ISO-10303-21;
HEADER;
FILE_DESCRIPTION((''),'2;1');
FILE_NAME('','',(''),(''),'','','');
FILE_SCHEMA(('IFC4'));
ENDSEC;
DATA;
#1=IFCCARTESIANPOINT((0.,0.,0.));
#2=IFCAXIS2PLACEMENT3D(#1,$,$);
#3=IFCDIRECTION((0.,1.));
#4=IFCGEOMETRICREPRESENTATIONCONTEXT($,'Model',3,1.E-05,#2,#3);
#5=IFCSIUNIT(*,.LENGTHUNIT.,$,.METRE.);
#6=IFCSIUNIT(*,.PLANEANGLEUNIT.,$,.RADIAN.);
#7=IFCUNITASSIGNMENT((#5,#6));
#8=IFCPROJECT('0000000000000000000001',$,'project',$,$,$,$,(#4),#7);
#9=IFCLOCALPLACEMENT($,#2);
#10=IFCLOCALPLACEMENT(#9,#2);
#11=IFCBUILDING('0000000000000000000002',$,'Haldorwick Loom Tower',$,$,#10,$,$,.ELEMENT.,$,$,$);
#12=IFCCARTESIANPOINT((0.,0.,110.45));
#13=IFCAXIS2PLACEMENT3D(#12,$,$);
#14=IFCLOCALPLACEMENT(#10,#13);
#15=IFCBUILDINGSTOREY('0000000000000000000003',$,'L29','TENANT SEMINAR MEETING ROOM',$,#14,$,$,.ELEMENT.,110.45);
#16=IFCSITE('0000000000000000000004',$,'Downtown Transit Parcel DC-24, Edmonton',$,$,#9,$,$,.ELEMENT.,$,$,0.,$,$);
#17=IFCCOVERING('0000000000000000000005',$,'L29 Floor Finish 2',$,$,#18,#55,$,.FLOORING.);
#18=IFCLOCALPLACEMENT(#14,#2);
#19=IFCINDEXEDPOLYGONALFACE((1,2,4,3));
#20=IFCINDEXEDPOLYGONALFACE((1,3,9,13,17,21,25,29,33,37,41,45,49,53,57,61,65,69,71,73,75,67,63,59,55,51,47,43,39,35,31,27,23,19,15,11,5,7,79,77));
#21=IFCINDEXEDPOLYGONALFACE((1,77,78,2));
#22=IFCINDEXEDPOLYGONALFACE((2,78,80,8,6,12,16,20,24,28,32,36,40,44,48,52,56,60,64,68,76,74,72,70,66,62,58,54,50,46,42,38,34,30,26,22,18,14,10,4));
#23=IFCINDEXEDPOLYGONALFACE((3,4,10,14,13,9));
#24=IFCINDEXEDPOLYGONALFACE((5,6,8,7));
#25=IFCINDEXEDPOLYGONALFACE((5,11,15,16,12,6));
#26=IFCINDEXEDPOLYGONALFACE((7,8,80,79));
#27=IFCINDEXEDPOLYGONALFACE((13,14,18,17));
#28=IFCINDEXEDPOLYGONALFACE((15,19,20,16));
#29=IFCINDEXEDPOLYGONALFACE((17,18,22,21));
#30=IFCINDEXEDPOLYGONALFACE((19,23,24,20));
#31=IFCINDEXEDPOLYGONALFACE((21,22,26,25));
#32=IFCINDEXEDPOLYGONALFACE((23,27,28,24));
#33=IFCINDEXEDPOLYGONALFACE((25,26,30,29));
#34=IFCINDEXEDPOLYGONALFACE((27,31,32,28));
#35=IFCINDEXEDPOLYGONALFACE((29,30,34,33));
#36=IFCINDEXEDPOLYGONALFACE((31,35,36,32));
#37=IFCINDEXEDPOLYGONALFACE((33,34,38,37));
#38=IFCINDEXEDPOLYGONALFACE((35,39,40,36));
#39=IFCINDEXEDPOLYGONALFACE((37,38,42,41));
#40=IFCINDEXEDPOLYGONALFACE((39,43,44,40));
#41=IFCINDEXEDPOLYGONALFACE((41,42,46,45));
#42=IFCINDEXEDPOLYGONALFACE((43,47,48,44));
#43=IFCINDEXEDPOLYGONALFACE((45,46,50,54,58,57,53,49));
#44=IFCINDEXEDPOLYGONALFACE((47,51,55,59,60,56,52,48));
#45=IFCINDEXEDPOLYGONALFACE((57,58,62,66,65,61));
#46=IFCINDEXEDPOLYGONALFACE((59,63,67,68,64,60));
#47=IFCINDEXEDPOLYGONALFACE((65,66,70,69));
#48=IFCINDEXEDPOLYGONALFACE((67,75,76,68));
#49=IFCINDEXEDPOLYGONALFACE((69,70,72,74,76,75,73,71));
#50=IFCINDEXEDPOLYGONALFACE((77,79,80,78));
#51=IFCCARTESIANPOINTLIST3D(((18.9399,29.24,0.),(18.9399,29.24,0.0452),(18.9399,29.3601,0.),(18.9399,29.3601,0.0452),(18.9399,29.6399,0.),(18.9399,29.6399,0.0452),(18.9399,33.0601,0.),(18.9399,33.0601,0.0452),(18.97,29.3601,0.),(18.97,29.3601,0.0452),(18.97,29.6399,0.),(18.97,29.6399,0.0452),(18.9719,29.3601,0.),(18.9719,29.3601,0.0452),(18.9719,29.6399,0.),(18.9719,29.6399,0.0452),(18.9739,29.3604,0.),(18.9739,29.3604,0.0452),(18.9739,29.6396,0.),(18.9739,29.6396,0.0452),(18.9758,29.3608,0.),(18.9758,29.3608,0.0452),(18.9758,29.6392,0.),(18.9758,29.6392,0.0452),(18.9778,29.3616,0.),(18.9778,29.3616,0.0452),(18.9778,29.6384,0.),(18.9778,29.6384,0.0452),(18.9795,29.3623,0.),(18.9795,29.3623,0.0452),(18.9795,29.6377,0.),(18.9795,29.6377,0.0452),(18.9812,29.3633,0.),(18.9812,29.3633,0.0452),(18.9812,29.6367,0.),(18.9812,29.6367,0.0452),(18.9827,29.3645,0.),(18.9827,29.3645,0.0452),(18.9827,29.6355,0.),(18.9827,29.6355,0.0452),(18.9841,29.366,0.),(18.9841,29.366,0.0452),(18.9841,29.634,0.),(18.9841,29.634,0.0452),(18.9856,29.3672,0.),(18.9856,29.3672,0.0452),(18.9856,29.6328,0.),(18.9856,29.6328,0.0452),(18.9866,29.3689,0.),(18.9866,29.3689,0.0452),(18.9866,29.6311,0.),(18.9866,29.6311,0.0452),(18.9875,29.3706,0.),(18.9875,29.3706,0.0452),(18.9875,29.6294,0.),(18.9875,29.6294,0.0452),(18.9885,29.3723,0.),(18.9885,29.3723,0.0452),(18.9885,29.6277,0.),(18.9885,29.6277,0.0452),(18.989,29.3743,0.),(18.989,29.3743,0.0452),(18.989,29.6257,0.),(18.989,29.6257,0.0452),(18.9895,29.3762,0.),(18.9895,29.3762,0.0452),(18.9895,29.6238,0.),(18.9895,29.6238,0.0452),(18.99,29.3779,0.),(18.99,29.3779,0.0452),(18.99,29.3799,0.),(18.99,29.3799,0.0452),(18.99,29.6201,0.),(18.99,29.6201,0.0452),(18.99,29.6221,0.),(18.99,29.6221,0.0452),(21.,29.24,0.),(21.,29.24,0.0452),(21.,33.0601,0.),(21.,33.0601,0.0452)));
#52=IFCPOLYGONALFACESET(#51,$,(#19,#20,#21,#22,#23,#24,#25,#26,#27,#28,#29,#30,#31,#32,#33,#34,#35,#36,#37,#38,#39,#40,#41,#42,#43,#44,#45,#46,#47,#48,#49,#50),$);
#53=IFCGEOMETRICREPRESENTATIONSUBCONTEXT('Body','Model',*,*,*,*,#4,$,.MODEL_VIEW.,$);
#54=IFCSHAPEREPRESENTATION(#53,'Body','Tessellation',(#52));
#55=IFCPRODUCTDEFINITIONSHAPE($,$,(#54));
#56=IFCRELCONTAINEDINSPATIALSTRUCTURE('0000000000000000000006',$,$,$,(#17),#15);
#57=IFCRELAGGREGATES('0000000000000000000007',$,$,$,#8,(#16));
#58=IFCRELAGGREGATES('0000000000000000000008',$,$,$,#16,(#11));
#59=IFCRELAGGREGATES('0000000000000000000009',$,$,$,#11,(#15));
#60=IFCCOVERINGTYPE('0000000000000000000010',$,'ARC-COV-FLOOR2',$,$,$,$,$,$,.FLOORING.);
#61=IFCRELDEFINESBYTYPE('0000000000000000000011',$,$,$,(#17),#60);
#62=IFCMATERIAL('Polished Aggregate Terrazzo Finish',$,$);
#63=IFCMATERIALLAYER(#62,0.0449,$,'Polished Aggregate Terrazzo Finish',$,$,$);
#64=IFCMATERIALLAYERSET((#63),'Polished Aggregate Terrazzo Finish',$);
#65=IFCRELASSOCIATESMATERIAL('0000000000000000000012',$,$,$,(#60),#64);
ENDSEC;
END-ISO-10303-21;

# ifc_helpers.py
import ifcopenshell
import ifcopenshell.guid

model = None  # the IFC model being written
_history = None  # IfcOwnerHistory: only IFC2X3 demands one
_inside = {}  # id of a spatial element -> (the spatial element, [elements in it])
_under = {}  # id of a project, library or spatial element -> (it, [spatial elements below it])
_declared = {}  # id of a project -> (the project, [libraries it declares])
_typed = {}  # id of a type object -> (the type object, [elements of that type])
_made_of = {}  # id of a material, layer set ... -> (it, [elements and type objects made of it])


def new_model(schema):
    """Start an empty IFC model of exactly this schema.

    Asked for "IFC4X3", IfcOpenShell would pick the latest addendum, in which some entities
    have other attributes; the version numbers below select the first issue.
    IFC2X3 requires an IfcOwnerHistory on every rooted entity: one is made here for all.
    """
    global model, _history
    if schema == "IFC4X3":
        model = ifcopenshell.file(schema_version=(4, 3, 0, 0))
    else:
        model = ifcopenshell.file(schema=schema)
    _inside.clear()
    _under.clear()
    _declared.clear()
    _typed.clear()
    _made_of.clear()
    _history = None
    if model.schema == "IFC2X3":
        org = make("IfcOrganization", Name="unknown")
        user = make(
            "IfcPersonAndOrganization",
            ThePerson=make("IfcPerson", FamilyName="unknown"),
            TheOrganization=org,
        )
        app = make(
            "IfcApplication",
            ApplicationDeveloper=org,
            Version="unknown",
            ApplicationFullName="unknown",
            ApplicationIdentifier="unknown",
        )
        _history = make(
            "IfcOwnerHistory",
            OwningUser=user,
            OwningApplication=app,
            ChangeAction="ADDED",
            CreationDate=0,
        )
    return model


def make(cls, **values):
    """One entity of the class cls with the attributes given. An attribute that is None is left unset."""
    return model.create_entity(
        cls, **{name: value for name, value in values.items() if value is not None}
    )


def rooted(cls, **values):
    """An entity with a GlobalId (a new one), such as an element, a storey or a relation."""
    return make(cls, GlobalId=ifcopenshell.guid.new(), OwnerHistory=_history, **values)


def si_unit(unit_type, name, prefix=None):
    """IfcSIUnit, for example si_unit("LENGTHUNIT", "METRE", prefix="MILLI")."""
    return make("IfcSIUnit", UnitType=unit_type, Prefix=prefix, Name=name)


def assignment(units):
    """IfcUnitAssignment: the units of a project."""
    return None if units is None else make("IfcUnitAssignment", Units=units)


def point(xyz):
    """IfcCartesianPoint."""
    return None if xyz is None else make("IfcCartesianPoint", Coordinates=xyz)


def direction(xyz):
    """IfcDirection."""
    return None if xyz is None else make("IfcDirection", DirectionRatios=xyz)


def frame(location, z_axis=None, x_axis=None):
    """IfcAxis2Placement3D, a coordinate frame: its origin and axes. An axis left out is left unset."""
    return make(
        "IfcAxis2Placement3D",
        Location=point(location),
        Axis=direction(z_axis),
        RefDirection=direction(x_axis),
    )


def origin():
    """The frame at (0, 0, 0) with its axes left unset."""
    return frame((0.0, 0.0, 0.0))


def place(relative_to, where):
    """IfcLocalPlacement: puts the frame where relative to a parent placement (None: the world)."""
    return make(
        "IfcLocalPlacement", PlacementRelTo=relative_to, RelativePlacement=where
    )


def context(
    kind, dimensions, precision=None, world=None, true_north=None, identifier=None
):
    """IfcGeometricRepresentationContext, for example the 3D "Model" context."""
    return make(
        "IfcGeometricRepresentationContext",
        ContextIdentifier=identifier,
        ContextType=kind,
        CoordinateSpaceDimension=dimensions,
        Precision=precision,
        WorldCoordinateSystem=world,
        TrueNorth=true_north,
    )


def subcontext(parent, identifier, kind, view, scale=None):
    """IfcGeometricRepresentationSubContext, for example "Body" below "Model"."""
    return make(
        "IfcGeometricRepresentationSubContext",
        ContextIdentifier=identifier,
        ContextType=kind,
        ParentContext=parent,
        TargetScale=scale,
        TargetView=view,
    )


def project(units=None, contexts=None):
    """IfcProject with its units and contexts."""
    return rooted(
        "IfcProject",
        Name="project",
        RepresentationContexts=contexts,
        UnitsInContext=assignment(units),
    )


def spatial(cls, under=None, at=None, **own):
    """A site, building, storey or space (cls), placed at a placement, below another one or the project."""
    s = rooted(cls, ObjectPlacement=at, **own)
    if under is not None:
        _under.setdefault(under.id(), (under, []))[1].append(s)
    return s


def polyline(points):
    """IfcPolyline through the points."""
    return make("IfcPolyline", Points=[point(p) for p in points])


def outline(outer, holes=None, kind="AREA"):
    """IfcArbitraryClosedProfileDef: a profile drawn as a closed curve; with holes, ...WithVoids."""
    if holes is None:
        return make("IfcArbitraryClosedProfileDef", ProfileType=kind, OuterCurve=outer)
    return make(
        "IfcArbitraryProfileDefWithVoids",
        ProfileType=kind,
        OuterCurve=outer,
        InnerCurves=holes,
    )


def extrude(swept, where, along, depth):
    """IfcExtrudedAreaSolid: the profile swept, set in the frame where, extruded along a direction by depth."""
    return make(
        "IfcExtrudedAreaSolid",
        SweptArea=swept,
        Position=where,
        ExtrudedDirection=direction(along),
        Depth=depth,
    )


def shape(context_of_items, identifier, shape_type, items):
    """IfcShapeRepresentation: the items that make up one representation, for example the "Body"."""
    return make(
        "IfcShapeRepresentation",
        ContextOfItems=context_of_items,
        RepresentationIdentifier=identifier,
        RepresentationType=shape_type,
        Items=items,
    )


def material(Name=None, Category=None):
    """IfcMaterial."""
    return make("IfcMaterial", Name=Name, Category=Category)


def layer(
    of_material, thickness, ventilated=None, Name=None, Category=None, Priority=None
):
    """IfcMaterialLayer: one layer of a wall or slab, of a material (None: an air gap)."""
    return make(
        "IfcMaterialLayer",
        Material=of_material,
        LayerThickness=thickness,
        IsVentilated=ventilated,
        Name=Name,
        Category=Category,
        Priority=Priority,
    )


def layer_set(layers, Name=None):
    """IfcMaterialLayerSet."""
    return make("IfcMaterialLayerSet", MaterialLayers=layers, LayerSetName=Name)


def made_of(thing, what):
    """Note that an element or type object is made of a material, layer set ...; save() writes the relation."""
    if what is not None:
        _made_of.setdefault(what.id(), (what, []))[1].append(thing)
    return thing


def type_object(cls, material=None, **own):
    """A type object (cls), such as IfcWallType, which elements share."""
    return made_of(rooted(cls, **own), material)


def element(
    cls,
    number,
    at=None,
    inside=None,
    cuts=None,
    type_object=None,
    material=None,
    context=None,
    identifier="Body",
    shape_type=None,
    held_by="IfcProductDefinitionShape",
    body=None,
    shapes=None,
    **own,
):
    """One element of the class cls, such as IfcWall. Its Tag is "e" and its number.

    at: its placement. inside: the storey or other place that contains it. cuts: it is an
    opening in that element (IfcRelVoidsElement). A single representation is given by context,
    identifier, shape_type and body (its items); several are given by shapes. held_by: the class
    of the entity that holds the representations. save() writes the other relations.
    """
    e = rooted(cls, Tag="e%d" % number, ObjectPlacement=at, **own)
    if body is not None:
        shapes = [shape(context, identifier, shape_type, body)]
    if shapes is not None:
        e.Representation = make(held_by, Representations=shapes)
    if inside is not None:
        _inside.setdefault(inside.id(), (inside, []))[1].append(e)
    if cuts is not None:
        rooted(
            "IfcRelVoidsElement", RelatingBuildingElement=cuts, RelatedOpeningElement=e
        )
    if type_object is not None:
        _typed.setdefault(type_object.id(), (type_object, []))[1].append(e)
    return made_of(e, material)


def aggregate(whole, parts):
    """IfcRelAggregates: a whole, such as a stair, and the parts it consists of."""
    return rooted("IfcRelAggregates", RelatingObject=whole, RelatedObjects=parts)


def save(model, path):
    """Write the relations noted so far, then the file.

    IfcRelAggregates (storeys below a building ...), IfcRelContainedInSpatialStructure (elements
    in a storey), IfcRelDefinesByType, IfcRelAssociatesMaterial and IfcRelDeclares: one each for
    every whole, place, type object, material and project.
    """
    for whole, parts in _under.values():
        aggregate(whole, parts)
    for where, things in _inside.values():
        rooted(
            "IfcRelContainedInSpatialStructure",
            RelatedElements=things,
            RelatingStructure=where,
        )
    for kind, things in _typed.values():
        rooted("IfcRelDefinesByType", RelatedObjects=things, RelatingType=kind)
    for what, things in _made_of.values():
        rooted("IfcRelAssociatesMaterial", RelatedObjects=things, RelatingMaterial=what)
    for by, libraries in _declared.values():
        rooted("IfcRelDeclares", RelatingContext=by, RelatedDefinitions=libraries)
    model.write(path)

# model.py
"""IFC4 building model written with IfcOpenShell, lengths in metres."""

from ifc_helpers import new_model, si_unit, direction, frame, origin, place, context, subcontext, project, spatial, polyline, outline, extrude, material, layer, layer_set, type_object, element, save


model = new_model("IFC4")

# Units and contexts
model_context = context("Model", 3, precision=1e-05, world=origin(), true_north=direction((0.0, 1.0)))
body_context = subcontext(model_context, "Body", "Model", "MODEL_VIEW")
ifc_project = project(units=[si_unit("LENGTHUNIT", "METRE"), si_unit("PLANEANGLEUNIT", "RADIAN")], contexts=[model_context])

# Site, building, storey
site_placement = place(None, origin())
site = spatial("IfcSite", under=ifc_project, at=site_placement, Name="Downtown Transit Parcel DC-24, Edmonton", CompositionType="ELEMENT", RefElevation=0.0)
building_placement = place(site_placement, origin())
building = spatial("IfcBuilding", under=site, at=building_placement, Name="Haldorwick Loom Tower", CompositionType="ELEMENT")
storey_placement = place(building_placement, frame((0.0, 0.0, 110.45)))
storey = spatial("IfcBuildingStorey", under=building, at=storey_placement, Name="L29", Description="TENANT SEMINAR MEETING ROOM", CompositionType="ELEMENT", Elevation=110.45)

# Covering
ifc_material_1 = material(Name="Polished Aggregate Terrazzo Finish")
ifc_layer_1 = layer(ifc_material_1, 0.0449, Name="Polished Aggregate Terrazzo Finish")
ifc_layer_set_1 = layer_set([ifc_layer_1], Name="Polished Aggregate Terrazzo Finish")
covering_type_1 = type_object("IfcCoveringType", Name="ARC-COV-FLOOR2", PredefinedType="FLOORING", material=ifc_layer_set_1)
covering_1_placement = place(storey_placement, origin())
element("IfcCovering", 1, at=covering_1_placement, inside=storey, type_object=covering_type_1, Name="L29 Floor Finish 2", PredefinedType="FLOORING", context=body_context, shape_type="SweptSolid", body=[
    extrude(outline(polyline([(18.97, 29.6399), (18.9719, 29.6399), (18.9739, 29.6396), (18.9758, 29.6392), (18.9778, 29.6384), (18.9795, 29.6377), (18.9812, 29.6367), (18.9827, 29.6355), (18.9841, 29.634), (18.9856, 29.6328), (18.9866, 29.6311), (18.9875, 29.6294), (18.9885, 29.6277), (18.989, 29.6257), (18.9895, 29.6238), (18.99, 29.6221), (18.99, 29.6201), (18.99, 29.3799), (18.99, 29.3779), (18.9895, 29.3762), (18.989, 29.3743), (18.9885, 29.3723), (18.9875, 29.3706), (18.9866, 29.3689), (18.9856, 29.3672), (18.9841, 29.366), (18.9827, 29.3645), (18.9812, 29.3633), (18.9795, 29.3623), (18.9778, 29.3616), (18.9758, 29.3608), (18.9739, 29.3604), (18.9719, 29.3601), (18.97, 29.3601), (18.9399, 29.3601), (18.9399, 29.24), (21.0, 29.24), (21.0, 33.0601), (18.9399, 33.0601), (18.9399, 29.6399), (18.97, 29.6399)])), origin(), (0.0, 0.0, 1.0), 0.0452),
])

save(model, "model.ifc")
